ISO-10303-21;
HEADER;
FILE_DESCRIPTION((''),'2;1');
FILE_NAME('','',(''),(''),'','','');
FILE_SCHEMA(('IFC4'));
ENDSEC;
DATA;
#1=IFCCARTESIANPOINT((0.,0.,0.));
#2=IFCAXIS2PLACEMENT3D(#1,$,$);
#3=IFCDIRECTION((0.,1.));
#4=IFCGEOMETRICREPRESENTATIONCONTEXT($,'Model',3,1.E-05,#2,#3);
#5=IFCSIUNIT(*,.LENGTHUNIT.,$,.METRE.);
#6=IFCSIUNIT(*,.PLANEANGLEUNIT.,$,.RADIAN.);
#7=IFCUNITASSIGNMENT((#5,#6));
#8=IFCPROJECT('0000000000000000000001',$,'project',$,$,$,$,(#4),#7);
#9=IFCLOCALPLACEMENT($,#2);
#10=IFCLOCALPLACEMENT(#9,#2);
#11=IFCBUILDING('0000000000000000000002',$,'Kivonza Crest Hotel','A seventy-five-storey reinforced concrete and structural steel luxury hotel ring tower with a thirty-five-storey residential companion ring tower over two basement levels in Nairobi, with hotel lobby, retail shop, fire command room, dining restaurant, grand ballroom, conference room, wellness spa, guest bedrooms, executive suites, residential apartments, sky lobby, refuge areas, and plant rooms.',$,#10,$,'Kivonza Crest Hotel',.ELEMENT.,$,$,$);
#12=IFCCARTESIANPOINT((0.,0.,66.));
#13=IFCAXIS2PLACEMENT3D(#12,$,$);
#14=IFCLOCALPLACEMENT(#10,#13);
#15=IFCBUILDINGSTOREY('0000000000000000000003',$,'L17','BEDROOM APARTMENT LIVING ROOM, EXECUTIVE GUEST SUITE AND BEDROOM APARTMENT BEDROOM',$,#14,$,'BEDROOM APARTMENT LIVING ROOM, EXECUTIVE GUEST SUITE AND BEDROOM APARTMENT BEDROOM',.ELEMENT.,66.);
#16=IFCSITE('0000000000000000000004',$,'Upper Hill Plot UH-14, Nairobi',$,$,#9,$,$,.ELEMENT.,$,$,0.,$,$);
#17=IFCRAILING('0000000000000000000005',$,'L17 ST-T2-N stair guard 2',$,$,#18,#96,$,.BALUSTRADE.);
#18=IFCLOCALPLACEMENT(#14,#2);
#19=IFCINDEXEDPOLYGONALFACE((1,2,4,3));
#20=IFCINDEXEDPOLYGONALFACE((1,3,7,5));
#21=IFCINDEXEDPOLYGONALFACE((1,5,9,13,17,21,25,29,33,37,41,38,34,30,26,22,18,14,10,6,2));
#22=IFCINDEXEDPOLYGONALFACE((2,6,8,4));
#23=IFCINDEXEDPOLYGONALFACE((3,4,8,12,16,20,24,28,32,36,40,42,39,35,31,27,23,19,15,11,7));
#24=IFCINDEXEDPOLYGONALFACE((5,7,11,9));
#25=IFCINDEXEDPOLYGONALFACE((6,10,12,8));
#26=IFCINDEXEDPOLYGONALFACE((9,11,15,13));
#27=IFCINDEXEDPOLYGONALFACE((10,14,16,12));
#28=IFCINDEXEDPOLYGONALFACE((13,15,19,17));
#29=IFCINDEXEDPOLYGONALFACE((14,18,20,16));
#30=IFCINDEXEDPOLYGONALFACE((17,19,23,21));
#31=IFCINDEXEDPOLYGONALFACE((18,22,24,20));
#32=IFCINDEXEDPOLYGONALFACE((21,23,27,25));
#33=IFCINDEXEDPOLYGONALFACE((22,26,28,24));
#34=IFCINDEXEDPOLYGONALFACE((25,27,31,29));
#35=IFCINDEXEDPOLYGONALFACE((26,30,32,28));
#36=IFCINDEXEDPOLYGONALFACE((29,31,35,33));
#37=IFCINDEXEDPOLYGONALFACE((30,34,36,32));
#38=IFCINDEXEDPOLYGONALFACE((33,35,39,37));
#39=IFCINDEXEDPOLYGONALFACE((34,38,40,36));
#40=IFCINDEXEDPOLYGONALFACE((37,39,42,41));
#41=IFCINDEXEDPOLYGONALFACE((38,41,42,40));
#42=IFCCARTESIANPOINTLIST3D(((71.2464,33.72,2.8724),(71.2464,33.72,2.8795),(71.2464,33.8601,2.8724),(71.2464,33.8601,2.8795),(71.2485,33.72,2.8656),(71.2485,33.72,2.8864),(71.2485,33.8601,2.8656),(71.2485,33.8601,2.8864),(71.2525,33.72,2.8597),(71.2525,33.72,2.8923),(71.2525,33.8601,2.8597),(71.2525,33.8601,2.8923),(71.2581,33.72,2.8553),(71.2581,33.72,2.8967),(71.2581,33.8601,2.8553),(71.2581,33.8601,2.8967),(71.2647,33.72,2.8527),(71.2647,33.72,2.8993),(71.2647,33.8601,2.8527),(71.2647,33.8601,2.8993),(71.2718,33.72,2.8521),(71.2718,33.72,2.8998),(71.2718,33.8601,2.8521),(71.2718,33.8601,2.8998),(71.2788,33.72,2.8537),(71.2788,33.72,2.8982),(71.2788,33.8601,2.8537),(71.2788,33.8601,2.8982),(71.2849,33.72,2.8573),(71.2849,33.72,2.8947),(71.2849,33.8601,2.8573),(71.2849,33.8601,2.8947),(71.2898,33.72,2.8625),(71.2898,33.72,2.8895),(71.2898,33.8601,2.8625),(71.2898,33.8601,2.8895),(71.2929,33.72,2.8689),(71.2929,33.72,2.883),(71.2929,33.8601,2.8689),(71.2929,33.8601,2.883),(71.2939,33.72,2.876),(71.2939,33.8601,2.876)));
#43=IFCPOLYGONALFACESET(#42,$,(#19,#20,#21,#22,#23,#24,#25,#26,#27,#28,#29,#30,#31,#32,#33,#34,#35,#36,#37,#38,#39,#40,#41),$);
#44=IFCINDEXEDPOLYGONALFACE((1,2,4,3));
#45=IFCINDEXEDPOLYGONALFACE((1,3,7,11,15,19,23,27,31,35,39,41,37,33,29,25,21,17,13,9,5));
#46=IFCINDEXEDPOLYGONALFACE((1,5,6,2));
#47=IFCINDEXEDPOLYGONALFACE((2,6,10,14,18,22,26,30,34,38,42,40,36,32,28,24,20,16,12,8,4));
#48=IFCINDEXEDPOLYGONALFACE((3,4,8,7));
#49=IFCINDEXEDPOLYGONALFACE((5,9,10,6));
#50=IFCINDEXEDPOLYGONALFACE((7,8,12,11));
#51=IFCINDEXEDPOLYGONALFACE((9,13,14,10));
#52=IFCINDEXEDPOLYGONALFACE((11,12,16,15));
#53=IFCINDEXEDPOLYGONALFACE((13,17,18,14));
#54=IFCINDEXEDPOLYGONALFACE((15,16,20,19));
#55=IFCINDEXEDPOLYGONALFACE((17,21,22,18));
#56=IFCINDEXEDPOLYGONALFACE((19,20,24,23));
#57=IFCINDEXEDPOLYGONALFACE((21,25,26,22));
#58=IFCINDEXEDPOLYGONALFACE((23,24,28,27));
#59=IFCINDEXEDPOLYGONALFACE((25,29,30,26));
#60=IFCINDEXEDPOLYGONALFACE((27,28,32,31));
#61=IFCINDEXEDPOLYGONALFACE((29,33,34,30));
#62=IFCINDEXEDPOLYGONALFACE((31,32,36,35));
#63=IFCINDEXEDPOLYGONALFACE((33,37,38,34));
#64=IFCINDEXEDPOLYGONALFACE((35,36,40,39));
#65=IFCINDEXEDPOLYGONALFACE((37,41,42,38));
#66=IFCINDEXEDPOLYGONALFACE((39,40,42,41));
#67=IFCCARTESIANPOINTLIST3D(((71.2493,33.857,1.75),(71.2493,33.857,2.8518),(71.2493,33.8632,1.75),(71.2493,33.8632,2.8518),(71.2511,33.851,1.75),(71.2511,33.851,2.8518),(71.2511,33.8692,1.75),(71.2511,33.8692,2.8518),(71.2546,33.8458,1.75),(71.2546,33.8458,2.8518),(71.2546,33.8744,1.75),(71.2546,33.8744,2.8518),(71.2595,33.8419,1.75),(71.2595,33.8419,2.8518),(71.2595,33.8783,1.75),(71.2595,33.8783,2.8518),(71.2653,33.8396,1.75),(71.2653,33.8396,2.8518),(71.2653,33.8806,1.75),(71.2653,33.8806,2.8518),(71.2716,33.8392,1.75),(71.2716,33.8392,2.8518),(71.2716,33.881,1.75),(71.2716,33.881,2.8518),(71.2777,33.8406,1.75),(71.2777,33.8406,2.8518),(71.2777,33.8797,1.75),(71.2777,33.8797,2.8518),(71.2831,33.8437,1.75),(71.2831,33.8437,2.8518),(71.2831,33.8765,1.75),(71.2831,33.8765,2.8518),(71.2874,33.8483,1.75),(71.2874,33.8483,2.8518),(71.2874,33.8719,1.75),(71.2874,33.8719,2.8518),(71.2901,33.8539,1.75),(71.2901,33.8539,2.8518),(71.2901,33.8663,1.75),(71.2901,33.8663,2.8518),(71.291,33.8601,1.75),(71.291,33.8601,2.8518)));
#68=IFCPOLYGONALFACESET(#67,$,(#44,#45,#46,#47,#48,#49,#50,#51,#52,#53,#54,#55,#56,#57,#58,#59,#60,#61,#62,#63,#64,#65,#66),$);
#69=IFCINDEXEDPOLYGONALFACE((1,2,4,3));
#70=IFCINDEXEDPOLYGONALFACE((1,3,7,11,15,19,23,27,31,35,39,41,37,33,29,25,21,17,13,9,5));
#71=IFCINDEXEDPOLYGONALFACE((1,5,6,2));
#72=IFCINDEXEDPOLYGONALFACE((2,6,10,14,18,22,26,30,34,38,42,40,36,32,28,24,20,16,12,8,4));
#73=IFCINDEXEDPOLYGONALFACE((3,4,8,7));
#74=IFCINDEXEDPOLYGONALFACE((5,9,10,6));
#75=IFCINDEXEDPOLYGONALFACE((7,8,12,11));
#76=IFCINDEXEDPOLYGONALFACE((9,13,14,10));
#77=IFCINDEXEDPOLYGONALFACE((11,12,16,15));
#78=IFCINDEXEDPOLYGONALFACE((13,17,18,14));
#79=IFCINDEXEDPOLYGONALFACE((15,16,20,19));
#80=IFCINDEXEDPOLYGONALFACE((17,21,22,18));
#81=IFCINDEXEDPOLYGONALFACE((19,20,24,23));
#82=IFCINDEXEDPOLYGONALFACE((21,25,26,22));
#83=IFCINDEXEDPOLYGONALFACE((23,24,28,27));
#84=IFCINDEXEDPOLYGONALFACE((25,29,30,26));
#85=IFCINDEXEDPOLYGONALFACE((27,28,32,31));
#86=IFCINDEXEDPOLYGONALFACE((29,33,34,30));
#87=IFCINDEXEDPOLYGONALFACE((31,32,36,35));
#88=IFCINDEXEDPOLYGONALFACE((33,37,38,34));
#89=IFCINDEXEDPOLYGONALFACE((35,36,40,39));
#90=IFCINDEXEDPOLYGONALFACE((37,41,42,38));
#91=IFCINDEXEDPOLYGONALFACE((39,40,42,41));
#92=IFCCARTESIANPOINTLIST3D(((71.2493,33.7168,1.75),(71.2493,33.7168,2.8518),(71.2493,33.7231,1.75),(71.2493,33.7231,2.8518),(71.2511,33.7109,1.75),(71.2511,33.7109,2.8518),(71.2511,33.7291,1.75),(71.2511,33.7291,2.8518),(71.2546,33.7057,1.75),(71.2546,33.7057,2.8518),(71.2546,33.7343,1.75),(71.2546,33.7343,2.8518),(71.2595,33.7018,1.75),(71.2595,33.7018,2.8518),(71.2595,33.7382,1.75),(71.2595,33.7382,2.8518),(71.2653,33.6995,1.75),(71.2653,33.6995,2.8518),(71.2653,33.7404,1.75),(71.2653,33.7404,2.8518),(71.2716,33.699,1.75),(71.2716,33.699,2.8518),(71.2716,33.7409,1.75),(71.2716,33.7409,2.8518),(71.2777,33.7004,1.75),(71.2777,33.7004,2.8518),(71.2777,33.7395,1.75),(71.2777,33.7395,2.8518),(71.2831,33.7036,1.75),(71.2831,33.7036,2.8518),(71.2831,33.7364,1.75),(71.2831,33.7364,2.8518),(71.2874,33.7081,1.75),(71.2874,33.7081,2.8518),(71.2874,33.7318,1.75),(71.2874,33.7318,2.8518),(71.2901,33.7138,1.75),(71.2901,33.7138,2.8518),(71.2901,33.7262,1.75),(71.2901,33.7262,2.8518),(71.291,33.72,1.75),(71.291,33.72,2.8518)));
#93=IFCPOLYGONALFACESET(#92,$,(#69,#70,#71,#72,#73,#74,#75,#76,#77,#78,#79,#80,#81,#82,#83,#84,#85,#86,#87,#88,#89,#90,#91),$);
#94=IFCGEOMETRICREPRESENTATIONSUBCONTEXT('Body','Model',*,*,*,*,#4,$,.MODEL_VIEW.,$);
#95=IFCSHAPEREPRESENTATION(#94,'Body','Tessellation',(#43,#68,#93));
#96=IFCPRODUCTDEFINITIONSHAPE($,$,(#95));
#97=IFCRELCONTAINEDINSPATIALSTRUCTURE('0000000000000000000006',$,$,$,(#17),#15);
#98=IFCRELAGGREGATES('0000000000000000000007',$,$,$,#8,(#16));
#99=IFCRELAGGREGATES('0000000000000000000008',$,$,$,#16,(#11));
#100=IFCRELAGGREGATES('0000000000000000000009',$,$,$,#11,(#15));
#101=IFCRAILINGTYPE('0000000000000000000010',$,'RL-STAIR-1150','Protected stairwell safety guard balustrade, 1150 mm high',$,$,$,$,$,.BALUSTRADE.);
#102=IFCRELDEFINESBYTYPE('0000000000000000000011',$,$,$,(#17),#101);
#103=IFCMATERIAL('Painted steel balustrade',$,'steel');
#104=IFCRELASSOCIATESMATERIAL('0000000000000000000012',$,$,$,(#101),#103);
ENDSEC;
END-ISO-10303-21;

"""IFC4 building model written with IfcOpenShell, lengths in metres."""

from ifc_helpers import new_model, si_unit, direction, frame, origin, origin_2d, place, context, subcontext, project, spatial, circle, extrude, material, type_object, element, save


model = new_model("IFC4")

# Units and contexts
model_context = context("Model", 3, precision=1e-05, world=origin(), true_north=direction((0.0, 1.0)))
body_context = subcontext(model_context, "Body", "Model", "MODEL_VIEW")
ifc_project = project(units=[si_unit("LENGTHUNIT", "METRE"), si_unit("PLANEANGLEUNIT", "RADIAN")], contexts=[model_context])

# Site, building, storey
site_placement = place(None, origin())
site = spatial("IfcSite", under=ifc_project, at=site_placement, Name="Upper Hill Plot UH-14, Nairobi", CompositionType="ELEMENT", RefElevation=0.0)
building_placement = place(site_placement, origin())
building = spatial("IfcBuilding", under=site, at=building_placement, Name="Kivonza Crest Hotel", Description="A seventy-five-storey reinforced concrete and structural steel luxury hotel ring tower with a thirty-five-storey residential companion ring tower over two basement levels in Nairobi, with hotel lobby, retail shop, fire command room, dining restaurant, grand ballroom, conference room, wellness spa, guest bedrooms, executive suites, residential apartments, sky lobby, refuge areas, and plant rooms.", LongName="Kivonza Crest Hotel", CompositionType="ELEMENT")
storey_placement = place(building_placement, frame((0.0, 0.0, 66.0)))
storey = spatial("IfcBuildingStorey", under=building, at=storey_placement, Name="L17", Description="BEDROOM APARTMENT LIVING ROOM, EXECUTIVE GUEST SUITE AND BEDROOM APARTMENT BEDROOM", LongName="BEDROOM APARTMENT LIVING ROOM, EXECUTIVE GUEST SUITE AND BEDROOM APARTMENT BEDROOM", CompositionType="ELEMENT", Elevation=66.0)

# Railing
ifc_material_1 = material(Name="Painted steel balustrade", Category="steel")
railing_type_1 = type_object("IfcRailingType", Name="RL-STAIR-1150", Description="Protected stairwell safety guard balustrade, 1150 mm high", PredefinedType="BALUSTRADE", material=ifc_material_1)
railing_1_placement = place(storey_placement, frame((71.27, 33.8601, 1.75)))
element("IfcRailing", 1, at=railing_1_placement, inside=storey, type_object=railing_type_1, Name="L17 ST-T2-N stair guard 2", PredefinedType="BALUSTRADE", context=body_context, shape_type="SweptSolid", body=[
    extrude(circle(Radius=0.0239, at=origin_2d()), frame((0.0, 0.0, 1.126), z_axis=(0.0, -1.0, 0.0), x_axis=(1.0, 0.0, 0.0)), (0.0, 0.0, 1.0), 0.1401),
    extrude(circle(Radius=0.021, at=origin_2d()), origin(), (0.0, 0.0, 1.0), 1.1018),
    extrude(circle(Radius=0.021, at=origin_2d()), frame((0.0, -0.1401, 0.0)), (0.0, 0.0, 1.0), 1.1018),
])

save(model, "model.ifc")
